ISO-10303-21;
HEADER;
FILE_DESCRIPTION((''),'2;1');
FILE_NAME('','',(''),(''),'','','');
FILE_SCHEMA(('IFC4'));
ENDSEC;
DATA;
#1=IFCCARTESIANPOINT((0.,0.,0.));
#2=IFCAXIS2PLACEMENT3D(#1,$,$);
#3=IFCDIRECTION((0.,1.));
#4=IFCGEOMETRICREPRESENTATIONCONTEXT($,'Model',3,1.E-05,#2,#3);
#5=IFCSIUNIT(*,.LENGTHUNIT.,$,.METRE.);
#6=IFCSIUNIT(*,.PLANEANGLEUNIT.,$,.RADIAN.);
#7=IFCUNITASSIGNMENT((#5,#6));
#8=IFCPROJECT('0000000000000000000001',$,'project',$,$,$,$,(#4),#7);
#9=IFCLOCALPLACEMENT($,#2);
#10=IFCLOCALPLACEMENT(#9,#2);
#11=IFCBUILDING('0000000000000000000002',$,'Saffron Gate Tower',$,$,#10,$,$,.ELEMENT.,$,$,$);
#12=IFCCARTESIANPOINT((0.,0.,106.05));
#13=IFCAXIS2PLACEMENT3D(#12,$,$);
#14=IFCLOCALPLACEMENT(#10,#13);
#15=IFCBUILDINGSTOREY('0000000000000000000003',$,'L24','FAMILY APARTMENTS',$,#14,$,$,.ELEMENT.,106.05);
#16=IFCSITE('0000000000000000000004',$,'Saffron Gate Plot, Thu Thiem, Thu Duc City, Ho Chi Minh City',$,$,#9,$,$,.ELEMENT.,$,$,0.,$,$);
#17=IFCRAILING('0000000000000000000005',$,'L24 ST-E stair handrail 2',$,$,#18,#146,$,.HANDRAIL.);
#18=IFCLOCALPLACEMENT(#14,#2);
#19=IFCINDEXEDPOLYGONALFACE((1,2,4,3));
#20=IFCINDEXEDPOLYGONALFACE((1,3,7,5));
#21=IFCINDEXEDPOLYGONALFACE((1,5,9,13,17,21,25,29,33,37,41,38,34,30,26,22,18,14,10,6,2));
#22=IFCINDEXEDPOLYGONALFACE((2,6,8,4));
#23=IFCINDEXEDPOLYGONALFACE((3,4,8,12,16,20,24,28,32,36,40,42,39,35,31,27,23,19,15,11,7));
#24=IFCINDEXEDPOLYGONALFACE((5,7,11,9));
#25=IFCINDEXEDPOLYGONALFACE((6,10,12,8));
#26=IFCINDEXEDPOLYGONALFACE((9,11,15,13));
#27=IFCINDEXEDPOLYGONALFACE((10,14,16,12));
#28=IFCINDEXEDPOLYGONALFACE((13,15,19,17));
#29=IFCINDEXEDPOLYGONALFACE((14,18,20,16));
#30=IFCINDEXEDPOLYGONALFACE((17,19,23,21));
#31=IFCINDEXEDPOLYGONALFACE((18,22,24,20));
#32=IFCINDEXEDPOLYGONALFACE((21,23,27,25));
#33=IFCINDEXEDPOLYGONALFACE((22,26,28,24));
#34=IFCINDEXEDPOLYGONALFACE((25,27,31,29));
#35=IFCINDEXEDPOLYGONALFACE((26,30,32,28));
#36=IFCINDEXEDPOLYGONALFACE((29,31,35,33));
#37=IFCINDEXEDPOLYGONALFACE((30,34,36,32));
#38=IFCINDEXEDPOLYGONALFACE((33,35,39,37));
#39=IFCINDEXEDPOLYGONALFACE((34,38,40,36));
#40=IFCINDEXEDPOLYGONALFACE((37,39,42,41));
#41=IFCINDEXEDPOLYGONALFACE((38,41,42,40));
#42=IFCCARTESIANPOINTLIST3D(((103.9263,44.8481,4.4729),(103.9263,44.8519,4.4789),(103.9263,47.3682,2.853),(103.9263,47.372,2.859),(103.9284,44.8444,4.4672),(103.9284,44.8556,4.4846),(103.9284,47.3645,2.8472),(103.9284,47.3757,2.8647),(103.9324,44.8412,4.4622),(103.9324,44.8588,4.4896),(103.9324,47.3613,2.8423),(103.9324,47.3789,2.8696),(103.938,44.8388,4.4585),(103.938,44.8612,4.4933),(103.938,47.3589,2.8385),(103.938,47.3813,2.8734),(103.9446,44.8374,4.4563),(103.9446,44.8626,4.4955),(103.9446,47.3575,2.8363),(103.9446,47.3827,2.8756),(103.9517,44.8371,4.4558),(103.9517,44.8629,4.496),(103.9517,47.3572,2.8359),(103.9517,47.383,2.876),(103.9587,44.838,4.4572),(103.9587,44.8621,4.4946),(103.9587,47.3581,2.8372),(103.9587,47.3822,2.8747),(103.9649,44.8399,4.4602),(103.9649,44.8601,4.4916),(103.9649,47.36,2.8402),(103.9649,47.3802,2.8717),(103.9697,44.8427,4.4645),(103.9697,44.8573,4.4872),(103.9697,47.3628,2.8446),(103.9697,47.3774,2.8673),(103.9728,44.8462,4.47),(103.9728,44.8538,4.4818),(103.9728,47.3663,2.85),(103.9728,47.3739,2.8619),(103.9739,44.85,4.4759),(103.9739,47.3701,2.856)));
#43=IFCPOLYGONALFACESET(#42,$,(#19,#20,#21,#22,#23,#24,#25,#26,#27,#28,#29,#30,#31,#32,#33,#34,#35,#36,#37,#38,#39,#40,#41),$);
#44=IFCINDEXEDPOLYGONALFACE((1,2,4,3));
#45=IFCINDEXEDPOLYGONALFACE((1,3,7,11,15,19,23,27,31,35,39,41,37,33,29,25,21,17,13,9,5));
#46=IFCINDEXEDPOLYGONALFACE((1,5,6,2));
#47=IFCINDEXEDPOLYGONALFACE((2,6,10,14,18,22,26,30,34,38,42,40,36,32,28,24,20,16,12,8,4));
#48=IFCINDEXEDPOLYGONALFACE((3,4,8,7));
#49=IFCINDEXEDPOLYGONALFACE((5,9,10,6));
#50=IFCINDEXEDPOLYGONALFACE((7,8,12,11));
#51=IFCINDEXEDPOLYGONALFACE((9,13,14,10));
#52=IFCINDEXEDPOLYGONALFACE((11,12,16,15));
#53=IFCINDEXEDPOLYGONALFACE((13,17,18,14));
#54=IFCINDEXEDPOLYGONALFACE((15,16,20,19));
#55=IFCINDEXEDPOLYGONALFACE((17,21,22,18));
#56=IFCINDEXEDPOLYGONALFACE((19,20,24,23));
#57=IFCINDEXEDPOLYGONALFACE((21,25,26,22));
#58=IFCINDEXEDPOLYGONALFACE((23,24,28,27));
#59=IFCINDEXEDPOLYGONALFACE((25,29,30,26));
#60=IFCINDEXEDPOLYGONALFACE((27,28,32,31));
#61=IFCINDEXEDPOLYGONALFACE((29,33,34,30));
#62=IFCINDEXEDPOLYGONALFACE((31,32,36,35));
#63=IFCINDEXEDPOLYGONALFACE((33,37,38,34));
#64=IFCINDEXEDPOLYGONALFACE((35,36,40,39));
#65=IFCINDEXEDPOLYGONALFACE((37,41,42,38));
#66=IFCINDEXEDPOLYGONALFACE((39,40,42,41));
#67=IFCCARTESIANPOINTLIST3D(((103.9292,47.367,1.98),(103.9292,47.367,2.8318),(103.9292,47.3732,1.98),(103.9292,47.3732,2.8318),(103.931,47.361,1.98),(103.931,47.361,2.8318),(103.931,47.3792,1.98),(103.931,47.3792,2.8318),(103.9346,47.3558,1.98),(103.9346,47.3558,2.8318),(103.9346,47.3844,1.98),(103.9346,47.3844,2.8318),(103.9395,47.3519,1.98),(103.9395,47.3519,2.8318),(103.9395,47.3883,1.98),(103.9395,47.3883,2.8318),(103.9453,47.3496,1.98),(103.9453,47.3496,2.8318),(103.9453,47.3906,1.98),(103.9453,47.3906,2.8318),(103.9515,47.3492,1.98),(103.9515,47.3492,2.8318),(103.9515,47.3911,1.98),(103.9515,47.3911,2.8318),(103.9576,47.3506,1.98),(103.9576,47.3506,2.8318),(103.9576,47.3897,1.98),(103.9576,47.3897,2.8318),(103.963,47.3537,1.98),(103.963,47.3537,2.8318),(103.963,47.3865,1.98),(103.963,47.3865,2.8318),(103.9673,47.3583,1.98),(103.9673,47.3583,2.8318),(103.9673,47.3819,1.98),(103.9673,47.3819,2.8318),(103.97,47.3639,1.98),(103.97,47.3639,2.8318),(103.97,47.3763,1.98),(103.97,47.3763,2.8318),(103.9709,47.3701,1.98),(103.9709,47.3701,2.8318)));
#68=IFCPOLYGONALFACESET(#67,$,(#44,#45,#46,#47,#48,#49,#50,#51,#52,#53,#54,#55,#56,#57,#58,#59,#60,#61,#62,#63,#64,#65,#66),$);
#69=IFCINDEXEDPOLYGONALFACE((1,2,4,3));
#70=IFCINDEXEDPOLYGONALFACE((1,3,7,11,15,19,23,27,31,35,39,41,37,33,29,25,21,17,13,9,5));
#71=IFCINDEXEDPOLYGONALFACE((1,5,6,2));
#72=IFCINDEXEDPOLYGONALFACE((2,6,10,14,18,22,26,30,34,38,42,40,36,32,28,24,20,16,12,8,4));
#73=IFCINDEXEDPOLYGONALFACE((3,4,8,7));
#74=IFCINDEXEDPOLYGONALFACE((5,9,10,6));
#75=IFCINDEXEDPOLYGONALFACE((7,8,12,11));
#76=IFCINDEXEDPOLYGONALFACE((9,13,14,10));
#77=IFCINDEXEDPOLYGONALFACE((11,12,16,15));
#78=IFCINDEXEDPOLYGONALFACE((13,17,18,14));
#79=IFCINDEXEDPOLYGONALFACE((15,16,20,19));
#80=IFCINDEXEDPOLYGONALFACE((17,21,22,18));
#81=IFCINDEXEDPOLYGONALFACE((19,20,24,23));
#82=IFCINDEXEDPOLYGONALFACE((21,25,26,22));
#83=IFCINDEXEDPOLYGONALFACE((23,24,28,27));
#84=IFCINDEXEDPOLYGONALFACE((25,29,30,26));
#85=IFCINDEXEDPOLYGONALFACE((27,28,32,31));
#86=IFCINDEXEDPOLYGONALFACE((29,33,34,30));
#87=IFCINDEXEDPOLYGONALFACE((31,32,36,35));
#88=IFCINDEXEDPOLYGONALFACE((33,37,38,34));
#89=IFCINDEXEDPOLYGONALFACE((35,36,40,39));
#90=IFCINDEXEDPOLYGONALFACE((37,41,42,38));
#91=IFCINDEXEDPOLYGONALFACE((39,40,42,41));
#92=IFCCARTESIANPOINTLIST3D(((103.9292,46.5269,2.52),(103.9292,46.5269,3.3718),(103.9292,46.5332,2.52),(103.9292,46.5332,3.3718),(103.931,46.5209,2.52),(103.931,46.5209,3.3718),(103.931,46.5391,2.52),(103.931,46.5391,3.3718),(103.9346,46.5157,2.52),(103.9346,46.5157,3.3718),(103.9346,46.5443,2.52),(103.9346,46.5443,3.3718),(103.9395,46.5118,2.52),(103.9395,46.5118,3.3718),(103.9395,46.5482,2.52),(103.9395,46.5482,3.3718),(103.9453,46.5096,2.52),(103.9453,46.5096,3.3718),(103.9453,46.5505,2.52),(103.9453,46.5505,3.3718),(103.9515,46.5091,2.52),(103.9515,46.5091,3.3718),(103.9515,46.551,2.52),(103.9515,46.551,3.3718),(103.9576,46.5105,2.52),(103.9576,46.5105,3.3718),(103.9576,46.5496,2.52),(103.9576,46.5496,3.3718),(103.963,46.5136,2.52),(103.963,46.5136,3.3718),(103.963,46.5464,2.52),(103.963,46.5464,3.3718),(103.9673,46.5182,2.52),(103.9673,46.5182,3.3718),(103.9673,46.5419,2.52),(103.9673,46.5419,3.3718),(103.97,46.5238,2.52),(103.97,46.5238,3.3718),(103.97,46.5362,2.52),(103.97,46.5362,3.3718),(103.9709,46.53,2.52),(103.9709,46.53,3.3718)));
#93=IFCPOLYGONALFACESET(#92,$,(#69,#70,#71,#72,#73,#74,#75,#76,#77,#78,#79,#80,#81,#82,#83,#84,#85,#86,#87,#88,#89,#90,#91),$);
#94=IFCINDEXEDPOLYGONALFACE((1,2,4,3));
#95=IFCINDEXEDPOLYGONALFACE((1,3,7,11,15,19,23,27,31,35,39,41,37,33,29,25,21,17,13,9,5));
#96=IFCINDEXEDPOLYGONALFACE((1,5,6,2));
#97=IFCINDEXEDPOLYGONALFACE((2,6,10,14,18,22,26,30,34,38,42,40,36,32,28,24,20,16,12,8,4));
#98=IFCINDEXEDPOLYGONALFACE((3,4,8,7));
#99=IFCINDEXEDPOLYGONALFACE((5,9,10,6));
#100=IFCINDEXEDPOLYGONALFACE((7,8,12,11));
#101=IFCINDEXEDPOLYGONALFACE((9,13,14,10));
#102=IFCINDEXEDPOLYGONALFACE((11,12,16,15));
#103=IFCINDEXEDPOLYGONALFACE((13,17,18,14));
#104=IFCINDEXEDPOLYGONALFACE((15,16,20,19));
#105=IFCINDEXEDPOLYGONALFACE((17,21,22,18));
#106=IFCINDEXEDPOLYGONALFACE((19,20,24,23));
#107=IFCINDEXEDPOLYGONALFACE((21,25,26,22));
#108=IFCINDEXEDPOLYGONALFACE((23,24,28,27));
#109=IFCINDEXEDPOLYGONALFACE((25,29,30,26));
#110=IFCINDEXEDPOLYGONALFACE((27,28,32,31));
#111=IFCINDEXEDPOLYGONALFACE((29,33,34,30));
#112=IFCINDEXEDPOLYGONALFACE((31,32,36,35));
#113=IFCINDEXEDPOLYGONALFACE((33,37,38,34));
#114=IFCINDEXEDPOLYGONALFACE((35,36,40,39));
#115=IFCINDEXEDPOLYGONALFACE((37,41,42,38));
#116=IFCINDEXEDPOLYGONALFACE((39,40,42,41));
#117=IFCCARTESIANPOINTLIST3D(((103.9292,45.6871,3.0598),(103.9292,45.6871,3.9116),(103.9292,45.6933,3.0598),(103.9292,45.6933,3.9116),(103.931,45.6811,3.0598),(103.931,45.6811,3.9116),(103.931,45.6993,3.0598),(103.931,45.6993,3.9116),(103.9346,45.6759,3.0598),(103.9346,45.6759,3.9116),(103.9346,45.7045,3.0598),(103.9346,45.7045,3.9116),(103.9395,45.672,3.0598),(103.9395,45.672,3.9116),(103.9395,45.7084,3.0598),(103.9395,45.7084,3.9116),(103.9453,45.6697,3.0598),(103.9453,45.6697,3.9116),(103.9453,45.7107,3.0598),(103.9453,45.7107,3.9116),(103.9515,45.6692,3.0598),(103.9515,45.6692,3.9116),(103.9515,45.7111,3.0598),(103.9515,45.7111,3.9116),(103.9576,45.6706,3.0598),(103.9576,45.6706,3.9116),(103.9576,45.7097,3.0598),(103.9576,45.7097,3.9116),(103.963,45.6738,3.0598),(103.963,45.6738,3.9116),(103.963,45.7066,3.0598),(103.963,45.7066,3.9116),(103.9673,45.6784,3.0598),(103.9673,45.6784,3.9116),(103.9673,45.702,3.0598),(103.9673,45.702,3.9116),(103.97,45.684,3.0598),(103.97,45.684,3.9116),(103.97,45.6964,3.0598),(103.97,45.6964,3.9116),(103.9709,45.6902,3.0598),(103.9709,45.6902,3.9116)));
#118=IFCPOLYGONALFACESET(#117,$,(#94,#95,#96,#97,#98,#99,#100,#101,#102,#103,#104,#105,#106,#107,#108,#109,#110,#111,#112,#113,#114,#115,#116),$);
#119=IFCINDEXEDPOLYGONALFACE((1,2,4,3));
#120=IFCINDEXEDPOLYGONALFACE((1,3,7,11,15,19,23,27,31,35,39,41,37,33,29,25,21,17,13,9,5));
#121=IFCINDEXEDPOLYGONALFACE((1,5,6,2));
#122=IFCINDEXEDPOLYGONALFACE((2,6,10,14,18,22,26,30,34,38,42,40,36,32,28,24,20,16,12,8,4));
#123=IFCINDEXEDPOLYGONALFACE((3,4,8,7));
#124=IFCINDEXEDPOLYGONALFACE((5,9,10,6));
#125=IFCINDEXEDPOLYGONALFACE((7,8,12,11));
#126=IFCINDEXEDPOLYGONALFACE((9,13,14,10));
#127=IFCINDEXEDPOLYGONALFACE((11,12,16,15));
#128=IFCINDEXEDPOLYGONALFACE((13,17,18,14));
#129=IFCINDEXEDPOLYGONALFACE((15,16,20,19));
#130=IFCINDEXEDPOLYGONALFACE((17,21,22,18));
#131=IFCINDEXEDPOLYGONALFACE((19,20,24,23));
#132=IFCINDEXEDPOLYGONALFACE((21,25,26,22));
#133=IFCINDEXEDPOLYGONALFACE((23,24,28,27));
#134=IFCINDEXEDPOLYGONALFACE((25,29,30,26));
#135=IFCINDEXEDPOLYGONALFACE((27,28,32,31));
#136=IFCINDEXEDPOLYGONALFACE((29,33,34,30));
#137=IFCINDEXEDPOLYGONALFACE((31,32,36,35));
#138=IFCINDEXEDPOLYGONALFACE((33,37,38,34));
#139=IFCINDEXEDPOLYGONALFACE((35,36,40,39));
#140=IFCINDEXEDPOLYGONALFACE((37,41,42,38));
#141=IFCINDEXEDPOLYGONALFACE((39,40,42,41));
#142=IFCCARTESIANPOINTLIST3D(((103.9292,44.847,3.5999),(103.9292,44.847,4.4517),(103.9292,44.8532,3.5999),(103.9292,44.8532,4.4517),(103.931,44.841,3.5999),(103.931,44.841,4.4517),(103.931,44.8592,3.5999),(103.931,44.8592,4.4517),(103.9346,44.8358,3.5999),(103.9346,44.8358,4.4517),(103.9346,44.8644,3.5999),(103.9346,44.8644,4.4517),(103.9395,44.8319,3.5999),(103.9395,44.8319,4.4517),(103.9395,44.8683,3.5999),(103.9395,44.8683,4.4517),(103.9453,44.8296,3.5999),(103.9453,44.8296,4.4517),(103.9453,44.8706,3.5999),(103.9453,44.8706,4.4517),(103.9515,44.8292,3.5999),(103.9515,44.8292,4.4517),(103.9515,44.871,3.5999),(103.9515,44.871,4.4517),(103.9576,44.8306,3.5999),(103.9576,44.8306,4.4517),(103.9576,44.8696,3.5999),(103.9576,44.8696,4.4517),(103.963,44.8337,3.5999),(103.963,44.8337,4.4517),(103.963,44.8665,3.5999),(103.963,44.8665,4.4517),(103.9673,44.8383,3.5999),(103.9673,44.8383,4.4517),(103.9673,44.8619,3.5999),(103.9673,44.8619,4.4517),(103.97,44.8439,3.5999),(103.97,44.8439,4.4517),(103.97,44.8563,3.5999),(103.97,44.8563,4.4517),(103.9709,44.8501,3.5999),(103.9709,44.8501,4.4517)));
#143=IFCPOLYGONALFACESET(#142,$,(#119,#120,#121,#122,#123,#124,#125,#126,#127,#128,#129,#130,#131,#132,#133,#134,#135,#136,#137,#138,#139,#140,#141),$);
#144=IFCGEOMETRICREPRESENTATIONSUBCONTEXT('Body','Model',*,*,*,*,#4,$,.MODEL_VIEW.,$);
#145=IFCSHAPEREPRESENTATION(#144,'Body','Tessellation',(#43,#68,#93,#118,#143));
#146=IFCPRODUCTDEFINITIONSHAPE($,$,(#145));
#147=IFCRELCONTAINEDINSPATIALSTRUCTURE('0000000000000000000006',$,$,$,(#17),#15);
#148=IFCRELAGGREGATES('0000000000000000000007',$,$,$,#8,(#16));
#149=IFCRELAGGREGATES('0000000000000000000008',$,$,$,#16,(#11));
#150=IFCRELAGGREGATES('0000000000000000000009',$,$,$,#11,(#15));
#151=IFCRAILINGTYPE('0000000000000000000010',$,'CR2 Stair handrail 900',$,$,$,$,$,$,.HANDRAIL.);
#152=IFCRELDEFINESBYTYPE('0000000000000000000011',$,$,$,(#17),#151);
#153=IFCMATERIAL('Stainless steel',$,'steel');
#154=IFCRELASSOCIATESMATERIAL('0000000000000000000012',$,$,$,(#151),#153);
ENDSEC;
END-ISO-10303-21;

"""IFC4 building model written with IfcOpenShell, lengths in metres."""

from ifc_helpers import new_model, si_unit, direction, frame, origin, origin_2d, place, context, subcontext, project, spatial, circle, extrude, material, type_object, element, save


model = new_model("IFC4")

# Units and contexts
model_context = context("Model", 3, precision=1e-05, world=origin(), true_north=direction((0.0, 1.0)))
body_context = subcontext(model_context, "Body", "Model", "MODEL_VIEW")
ifc_project = project(units=[si_unit("LENGTHUNIT", "METRE"), si_unit("PLANEANGLEUNIT", "RADIAN")], contexts=[model_context])

# Site, building, storey
site_placement = place(None, origin())
site = spatial("IfcSite", under=ifc_project, at=site_placement, Name="Saffron Gate Plot, Thu Thiem, Thu Duc City, Ho Chi Minh City", CompositionType="ELEMENT", RefElevation=0.0)
building_placement = place(site_placement, origin())
building = spatial("IfcBuilding", under=site, at=building_placement, Name="Saffron Gate Tower", CompositionType="ELEMENT")
storey_placement = place(building_placement, frame((0.0, 0.0, 106.05)))
storey = spatial("IfcBuildingStorey", under=building, at=storey_placement, Name="L24", Description="FAMILY APARTMENTS", CompositionType="ELEMENT", Elevation=106.05)

# Railing
ifc_material_1 = material(Name="Stainless steel", Category="steel")
railing_type_1 = type_object("IfcRailingType", Name="CR2 Stair handrail 900", PredefinedType="HANDRAIL", material=ifc_material_1)
railing_1_placement = place(storey_placement, frame((103.95, 47.3701, 1.98)))
element("IfcRailing", 1, at=railing_1_placement, inside=storey, type_object=railing_type_1, Name="L24 ST-E stair handrail 2", PredefinedType="HANDRAIL", context=body_context, shape_type="SweptSolid", body=[
    extrude(circle(Radius=0.0239, at=origin_2d()), frame((0.0, 0.0, 0.876), z_axis=(0.0, -0.8412, 0.540725), x_axis=(1.0, 0.0, 0.0)), (0.0, 0.0, 1.0), 2.9958),
    extrude(circle(Radius=0.021, at=origin_2d()), origin(), (0.0, 0.0, 1.0), 0.8518),
    extrude(circle(Radius=0.021, at=origin_2d()), frame((0.0, -0.8401, 0.54)), (0.0, 0.0, 1.0), 0.8518),
    extrude(circle(Radius=0.021, at=origin_2d()), frame((0.0, -1.6799, 1.0798)), (0.0, 0.0, 1.0), 0.8518),
    extrude(circle(Radius=0.021, at=origin_2d()), frame((0.0, -2.52, 1.6199)), (0.0, 0.0, 1.0), 0.8518),
])

save(model, "model.ifc")
